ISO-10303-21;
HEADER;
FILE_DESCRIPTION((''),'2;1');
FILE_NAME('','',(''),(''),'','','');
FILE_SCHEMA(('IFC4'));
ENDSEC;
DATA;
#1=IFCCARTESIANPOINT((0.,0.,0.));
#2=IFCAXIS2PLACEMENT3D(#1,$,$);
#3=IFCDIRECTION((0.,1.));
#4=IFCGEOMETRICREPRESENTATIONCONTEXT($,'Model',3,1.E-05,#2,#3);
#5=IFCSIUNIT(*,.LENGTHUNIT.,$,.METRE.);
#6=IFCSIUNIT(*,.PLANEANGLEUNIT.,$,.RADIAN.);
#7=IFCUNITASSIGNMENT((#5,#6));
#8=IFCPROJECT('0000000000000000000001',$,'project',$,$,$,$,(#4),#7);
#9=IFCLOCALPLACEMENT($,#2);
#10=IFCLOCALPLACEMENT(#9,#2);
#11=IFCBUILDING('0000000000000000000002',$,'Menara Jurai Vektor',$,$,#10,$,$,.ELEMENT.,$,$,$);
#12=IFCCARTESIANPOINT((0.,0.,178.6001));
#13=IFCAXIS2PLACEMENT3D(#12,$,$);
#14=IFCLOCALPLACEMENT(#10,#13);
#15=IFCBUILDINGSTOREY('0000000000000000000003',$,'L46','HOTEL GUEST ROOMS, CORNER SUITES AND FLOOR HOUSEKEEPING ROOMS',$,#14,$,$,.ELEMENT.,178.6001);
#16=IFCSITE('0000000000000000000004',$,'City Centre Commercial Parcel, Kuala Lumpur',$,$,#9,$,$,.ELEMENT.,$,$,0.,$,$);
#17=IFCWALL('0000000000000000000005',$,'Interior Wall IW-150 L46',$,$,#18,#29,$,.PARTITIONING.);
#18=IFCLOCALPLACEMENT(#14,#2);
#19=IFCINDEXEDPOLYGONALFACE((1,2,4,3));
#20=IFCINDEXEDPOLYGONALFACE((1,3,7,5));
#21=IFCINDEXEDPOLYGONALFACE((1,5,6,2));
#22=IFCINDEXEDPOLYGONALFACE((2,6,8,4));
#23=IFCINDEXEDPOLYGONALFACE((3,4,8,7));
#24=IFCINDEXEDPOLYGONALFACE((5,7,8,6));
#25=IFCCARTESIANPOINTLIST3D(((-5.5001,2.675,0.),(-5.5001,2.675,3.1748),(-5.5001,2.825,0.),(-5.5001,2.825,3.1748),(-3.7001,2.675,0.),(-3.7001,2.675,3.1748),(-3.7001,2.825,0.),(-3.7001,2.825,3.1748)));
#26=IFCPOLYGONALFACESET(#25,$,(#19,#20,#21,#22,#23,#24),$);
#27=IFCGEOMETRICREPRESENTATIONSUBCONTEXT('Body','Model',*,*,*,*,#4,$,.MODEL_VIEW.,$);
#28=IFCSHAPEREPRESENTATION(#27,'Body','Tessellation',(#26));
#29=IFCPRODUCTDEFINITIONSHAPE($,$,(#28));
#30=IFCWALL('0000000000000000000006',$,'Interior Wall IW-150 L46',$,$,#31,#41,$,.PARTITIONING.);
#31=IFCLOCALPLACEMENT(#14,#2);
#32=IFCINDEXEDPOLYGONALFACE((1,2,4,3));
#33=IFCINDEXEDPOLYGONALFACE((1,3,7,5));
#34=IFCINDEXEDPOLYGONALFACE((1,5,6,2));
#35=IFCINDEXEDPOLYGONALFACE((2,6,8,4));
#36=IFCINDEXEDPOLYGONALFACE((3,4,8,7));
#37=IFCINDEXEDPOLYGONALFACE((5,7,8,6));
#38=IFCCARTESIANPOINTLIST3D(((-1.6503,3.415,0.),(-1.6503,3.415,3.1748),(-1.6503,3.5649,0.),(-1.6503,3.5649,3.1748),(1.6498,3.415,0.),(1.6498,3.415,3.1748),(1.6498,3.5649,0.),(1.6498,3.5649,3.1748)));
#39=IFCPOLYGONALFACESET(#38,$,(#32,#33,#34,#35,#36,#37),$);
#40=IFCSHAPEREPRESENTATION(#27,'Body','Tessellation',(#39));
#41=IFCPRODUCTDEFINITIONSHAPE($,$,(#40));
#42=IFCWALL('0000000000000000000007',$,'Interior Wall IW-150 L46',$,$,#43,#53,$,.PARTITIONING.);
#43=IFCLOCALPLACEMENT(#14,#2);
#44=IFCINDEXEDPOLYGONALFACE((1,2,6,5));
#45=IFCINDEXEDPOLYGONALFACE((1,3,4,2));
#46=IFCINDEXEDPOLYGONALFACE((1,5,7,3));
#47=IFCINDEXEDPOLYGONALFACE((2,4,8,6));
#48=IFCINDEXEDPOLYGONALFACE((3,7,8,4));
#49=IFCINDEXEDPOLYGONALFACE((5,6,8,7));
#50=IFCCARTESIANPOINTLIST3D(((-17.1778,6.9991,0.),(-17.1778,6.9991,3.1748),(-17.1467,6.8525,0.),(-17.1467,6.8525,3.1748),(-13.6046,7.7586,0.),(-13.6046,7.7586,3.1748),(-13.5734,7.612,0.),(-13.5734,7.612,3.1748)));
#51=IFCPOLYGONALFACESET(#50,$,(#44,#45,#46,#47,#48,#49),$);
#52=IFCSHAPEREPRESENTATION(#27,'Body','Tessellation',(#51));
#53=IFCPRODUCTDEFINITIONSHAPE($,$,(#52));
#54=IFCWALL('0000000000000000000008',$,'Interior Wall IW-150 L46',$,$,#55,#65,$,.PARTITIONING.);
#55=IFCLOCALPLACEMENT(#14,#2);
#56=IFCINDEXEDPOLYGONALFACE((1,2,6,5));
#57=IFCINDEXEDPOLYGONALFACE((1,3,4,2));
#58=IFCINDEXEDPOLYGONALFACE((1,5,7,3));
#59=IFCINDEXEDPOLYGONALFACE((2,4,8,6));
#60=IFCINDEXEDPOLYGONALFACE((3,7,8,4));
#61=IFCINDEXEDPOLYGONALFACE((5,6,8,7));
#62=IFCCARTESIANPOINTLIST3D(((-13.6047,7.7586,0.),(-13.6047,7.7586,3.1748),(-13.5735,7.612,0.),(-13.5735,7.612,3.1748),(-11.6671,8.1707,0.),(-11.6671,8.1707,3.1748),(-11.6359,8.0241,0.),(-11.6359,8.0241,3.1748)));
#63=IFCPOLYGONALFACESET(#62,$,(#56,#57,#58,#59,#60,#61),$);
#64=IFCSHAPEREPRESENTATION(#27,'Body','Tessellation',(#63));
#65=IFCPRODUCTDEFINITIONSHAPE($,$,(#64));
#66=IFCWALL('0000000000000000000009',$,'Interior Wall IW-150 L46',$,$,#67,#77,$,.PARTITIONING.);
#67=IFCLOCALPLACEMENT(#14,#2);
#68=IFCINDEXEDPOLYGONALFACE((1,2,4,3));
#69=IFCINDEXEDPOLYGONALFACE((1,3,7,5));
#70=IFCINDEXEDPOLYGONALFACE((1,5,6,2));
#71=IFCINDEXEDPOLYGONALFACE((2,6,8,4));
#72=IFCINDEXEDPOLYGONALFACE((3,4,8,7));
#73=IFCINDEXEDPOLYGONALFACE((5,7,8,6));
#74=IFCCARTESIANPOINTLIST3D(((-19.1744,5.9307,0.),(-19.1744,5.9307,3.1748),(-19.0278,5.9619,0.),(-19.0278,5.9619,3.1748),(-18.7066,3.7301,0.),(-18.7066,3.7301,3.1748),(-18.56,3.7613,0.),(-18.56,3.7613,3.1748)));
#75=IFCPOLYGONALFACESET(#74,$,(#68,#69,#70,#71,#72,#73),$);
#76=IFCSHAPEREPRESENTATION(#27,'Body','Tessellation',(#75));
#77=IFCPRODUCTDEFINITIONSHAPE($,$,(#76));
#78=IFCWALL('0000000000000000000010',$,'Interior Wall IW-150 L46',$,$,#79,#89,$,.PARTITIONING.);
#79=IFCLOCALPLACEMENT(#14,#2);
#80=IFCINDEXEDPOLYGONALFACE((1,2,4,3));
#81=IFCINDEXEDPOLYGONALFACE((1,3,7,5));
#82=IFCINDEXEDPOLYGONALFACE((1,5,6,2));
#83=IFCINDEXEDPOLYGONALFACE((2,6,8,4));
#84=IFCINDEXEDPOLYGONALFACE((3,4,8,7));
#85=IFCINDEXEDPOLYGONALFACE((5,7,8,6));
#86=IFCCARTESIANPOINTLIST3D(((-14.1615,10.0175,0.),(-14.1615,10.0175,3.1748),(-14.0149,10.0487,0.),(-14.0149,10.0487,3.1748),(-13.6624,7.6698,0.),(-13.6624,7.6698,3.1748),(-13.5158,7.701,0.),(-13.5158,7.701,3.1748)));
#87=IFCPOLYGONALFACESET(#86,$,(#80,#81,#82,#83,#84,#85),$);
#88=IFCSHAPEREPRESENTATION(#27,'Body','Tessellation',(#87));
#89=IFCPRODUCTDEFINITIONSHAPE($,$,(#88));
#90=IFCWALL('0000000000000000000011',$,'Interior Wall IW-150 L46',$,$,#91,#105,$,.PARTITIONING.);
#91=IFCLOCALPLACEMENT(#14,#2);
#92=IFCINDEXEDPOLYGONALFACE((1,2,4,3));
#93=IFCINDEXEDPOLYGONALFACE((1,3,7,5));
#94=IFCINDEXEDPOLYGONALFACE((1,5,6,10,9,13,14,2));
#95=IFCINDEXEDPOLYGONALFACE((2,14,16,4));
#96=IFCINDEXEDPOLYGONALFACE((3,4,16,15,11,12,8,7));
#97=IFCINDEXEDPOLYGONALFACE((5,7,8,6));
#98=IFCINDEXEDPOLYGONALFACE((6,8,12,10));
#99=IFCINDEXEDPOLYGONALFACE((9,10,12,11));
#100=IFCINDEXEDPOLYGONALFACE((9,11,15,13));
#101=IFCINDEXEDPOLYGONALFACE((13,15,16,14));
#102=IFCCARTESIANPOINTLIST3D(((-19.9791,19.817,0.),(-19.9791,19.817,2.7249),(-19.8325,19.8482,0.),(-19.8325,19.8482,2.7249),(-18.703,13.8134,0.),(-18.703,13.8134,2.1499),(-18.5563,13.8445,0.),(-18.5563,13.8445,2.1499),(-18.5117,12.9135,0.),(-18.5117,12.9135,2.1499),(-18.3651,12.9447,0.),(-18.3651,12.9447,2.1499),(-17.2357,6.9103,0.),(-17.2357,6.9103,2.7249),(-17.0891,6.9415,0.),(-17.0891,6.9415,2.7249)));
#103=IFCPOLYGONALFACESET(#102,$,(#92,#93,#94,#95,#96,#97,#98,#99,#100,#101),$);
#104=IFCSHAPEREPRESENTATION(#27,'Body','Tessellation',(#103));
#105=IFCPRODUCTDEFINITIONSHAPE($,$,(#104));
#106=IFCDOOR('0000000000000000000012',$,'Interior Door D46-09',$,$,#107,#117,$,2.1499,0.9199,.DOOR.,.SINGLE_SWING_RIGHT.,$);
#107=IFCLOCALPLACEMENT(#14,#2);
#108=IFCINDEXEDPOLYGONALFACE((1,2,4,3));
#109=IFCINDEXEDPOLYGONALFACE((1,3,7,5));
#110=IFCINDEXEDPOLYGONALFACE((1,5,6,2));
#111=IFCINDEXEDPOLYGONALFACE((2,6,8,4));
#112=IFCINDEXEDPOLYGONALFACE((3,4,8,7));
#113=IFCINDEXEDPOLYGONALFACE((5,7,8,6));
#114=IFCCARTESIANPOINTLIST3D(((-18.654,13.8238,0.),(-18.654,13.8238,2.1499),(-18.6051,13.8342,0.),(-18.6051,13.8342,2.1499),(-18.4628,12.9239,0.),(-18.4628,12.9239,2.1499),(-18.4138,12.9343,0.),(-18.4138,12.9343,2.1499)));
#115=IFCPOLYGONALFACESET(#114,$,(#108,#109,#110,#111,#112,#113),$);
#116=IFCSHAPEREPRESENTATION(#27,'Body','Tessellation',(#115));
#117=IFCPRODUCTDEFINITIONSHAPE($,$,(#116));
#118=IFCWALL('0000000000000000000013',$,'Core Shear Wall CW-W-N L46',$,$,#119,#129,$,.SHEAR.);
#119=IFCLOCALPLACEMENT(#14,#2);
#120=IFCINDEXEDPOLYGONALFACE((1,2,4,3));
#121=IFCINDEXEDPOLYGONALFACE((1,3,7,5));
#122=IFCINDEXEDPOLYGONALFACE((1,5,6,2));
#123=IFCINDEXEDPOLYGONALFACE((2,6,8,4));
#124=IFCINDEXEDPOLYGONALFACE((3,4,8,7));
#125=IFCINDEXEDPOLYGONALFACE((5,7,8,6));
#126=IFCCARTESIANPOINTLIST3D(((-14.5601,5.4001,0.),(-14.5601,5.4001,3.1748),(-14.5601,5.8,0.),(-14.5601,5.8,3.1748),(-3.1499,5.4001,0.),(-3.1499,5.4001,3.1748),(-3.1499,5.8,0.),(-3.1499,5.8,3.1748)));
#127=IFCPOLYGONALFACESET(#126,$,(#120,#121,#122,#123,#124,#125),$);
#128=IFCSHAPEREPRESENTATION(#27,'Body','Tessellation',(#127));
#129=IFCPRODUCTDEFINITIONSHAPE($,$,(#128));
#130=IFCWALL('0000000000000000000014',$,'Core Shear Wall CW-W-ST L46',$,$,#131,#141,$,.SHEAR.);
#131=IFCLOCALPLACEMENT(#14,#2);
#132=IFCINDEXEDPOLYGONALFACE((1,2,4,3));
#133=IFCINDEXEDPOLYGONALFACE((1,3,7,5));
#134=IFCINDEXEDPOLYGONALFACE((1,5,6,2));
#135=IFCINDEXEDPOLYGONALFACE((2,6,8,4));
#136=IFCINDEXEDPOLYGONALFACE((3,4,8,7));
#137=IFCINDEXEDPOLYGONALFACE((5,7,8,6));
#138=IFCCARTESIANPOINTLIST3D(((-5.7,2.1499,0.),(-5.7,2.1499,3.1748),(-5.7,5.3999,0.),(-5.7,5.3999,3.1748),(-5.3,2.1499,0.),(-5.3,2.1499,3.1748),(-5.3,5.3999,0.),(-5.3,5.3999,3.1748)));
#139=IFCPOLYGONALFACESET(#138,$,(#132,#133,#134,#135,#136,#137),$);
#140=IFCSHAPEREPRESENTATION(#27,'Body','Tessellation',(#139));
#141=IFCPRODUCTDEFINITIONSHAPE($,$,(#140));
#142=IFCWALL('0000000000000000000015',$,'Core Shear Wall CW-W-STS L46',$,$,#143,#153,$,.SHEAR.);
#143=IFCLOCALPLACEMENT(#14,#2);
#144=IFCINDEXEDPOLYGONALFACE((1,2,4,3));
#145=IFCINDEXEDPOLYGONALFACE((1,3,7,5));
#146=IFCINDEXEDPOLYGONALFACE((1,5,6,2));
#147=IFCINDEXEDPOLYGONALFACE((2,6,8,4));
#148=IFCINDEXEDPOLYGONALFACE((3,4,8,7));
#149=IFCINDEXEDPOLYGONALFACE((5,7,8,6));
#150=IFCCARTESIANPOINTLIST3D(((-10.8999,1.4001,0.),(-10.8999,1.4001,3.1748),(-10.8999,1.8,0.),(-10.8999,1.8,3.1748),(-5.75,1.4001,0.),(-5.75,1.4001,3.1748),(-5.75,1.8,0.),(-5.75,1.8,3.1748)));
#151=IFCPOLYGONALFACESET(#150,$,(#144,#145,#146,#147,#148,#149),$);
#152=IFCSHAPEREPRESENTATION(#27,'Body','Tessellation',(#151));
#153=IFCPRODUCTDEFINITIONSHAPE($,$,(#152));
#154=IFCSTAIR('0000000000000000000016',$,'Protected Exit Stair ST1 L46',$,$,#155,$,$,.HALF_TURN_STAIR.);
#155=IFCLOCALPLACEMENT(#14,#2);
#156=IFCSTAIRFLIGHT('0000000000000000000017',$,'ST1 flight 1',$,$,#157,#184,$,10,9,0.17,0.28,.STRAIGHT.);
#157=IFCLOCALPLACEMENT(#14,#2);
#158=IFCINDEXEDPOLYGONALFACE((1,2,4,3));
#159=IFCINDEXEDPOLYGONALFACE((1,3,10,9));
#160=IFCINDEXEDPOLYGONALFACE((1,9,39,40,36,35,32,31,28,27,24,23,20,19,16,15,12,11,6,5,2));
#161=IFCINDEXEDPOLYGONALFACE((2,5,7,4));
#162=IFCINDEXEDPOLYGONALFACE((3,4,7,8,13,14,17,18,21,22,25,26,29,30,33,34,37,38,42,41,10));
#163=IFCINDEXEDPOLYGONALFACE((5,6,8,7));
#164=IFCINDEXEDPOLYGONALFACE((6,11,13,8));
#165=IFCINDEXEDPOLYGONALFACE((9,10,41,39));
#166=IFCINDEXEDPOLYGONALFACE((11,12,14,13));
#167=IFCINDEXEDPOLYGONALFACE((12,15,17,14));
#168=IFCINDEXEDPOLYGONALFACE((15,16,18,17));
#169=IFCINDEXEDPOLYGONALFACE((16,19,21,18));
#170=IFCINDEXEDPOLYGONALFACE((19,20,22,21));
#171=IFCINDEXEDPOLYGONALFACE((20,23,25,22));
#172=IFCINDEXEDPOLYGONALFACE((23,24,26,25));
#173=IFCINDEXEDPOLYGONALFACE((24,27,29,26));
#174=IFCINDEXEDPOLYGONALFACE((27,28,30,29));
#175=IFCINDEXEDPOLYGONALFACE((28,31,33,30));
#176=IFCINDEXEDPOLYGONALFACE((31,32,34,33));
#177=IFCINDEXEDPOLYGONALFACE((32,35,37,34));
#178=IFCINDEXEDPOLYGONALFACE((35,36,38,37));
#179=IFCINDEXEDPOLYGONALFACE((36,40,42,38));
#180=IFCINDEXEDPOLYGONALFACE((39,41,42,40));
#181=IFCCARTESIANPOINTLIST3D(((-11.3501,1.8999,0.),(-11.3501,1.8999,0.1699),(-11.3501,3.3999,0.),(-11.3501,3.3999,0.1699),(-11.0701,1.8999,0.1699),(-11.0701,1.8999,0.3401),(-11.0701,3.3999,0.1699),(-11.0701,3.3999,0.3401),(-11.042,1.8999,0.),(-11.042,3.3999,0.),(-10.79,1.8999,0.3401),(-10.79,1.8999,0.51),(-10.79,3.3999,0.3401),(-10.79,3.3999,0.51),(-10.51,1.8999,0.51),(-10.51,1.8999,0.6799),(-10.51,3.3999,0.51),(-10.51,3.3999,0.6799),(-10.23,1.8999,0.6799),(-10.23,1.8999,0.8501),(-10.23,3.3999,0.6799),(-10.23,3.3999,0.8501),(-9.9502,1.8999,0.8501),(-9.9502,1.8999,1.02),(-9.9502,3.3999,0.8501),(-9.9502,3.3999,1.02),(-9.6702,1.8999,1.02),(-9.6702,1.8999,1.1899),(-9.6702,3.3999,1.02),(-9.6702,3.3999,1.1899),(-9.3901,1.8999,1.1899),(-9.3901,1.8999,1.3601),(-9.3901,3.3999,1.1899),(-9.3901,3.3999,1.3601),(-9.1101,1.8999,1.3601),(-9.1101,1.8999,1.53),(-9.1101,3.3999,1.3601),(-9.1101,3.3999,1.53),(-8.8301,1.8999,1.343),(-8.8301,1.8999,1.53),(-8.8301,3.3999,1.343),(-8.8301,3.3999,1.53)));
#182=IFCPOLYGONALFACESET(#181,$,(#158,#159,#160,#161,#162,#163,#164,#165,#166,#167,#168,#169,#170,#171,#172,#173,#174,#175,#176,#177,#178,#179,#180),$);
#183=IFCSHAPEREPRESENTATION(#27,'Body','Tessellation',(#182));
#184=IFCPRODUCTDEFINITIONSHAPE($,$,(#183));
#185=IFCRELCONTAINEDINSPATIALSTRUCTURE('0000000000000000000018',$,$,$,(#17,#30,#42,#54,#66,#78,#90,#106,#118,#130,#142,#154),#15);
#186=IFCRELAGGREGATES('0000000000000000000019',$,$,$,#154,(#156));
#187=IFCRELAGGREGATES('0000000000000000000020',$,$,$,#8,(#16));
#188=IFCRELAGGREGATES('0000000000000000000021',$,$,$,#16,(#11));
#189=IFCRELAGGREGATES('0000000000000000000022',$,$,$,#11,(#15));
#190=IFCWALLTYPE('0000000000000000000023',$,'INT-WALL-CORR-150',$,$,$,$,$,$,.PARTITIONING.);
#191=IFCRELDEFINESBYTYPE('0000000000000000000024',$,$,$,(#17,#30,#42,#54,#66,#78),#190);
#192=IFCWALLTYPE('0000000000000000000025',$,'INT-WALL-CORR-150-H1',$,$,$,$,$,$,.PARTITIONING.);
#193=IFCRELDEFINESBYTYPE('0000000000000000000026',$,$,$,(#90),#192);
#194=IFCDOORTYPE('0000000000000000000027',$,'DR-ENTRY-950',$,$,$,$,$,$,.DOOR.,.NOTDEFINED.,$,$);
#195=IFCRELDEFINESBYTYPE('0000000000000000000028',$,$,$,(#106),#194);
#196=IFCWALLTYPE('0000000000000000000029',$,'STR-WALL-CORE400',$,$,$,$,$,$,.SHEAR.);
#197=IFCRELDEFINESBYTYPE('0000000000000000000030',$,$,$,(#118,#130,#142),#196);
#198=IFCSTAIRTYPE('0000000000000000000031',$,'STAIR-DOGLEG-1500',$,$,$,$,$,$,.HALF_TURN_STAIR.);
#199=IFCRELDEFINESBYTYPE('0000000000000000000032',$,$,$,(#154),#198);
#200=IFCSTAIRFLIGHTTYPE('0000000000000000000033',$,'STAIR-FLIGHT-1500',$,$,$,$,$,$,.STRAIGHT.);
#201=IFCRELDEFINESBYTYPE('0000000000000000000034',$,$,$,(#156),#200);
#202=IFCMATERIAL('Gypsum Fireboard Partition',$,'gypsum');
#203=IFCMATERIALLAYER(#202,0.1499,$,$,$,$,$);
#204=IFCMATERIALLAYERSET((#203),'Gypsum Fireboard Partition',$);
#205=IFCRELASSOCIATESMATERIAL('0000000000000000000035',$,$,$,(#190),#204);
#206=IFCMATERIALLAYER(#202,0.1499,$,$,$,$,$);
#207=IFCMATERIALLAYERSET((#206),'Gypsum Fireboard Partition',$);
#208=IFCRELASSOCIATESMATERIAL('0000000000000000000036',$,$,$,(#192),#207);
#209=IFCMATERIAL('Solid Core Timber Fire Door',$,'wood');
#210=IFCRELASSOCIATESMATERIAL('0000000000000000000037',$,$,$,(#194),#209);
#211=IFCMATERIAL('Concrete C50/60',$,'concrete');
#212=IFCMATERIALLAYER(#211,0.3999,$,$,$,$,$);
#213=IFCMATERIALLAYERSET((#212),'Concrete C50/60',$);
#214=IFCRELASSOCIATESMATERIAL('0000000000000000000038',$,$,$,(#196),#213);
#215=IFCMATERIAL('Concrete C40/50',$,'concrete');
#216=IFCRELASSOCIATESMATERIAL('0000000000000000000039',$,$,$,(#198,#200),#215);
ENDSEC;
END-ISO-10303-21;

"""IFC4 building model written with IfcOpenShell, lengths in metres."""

from ifc_helpers import new_model, si_unit, direction, frame, frame_2d, origin, place, context, subcontext, project, spatial, polyline, rectangle, outline, extrude, material, layer, layer_set, type_object, element, fill, aggregate, save


model = new_model("IFC4")

# Units and contexts
model_context = context("Model", 3, precision=1e-05, world=origin(), true_north=direction((0.0, 1.0)))
body_context = subcontext(model_context, "Body", "Model", "MODEL_VIEW")
ifc_project = project(units=[si_unit("LENGTHUNIT", "METRE"), si_unit("PLANEANGLEUNIT", "RADIAN")], contexts=[model_context])

# Site, building, storey
site_placement = place(None, origin())
site = spatial("IfcSite", under=ifc_project, at=site_placement, Name="City Centre Commercial Parcel, Kuala Lumpur", CompositionType="ELEMENT", RefElevation=0.0)
building_placement = place(site_placement, origin())
building = spatial("IfcBuilding", under=site, at=building_placement, Name="Menara Jurai Vektor", CompositionType="ELEMENT")
storey_placement = place(building_placement, frame((0.0, 0.0, 178.6001)))
storey = spatial("IfcBuildingStorey", under=building, at=storey_placement, Name="L46", Description="HOTEL GUEST ROOMS, CORNER SUITES AND FLOOR HOUSEKEEPING ROOMS", CompositionType="ELEMENT", Elevation=178.6001)

# Shared definitions
ifc_material_1 = material(Name="Concrete C50/60", Category="concrete")

# Shared definitions
ifc_material_2 = material(Name="Concrete C40/50", Category="concrete")

# Walls
ifc_material_3 = material(Name="Gypsum Fireboard Partition", Category="gypsum")
ifc_layer_1 = layer(ifc_material_3, 0.1499)
ifc_layer_set_1 = layer_set([ifc_layer_1], Name="Gypsum Fireboard Partition")
wall_type_1 = type_object("IfcWallType", Name="INT-WALL-CORR-150", PredefinedType="PARTITIONING", material=ifc_layer_set_1)
wall_1_placement = place(storey_placement, frame((-5.5, 2.75, 0.0), z_axis=(0.0, 0.0, 1.0), x_axis=(1.0, 0.0, 0.0)))
element("IfcWall", 1, at=wall_1_placement, inside=storey, type_object=wall_type_1, Name="Interior Wall IW-150 L46", PredefinedType="PARTITIONING", context=body_context, shape_type="SweptSolid", body=[
    extrude(rectangle(XDim=1.8, YDim=0.1499, at=frame_2d((0.8999, 0.0))), origin(), (0.0, 0.0, 1.0), 3.1748),
])
wall_2_placement = place(storey_placement, frame((-1.6501, 3.49, 0.0), z_axis=(0.0, 0.0, 1.0), x_axis=(1.0, 0.0, 0.0)))
element("IfcWall", 2, at=wall_2_placement, inside=storey, type_object=wall_type_1, Name="Interior Wall IW-150 L46", PredefinedType="PARTITIONING", context=body_context, shape_type="SweptSolid", body=[
    extrude(rectangle(XDim=3.3, YDim=0.1499, at=frame_2d((1.6499, 0.0))), origin(), (0.0, 0.0, 1.0), 3.1748),
])
wall_3_placement = place(storey_placement, frame((-17.1624, 6.9258, 0.0), z_axis=(0.0, 0.0, 1.0), x_axis=(0.978147, 0.207913, 0.0)))
element("IfcWall", 3, at=wall_3_placement, inside=storey, type_object=wall_type_1, Name="Interior Wall IW-150 L46", PredefinedType="PARTITIONING", context=body_context, shape_type="SweptSolid", body=[
    extrude(rectangle(XDim=3.6531, YDim=0.1499, at=frame_2d((1.8267, 0.0))), origin(), (0.0, 0.0, 1.0), 3.1748),
])
wall_4_placement = place(storey_placement, frame((-13.5891, 7.6853, 0.0), z_axis=(0.0, 0.0, 1.0), x_axis=(0.978119, 0.208047, 0.0)))
element("IfcWall", 4, at=wall_4_placement, inside=storey, type_object=wall_type_1, Name="Interior Wall IW-150 L46", PredefinedType="PARTITIONING", context=body_context, shape_type="SweptSolid", body=[
    extrude(rectangle(XDim=1.981, YDim=0.1499, at=frame_2d((0.9905, 0.0))), origin(), (0.0, 0.0, 1.0), 3.1748),
])
wall_5_placement = place(storey_placement, frame((-18.6333, 3.7456, 0.0), z_axis=(0.0, 0.0, 1.0), x_axis=(-0.207913, 0.978147, 0.0)))
element("IfcWall", 5, at=wall_5_placement, inside=storey, type_object=wall_type_1, Name="Interior Wall IW-150 L46", PredefinedType="PARTITIONING", context=body_context, shape_type="SweptSolid", body=[
    extrude(rectangle(XDim=2.2498, YDim=0.1499, at=frame_2d((1.125, 0.0))), origin(), (0.0, 0.0, 1.0), 3.1748),
])
wall_6_placement = place(storey_placement, frame((-13.5891, 7.6853, 0.0), z_axis=(0.0, 0.0, 1.0), x_axis=(-0.207917, 0.978146, 0.0)))
element("IfcWall", 6, at=wall_6_placement, inside=storey, type_object=wall_type_1, Name="Interior Wall IW-150 L46", PredefinedType="PARTITIONING", context=body_context, shape_type="SweptSolid", body=[
    extrude(rectangle(XDim=2.4001, YDim=0.1499, at=frame_2d((1.2002, 0.0))), origin(), (0.0, 0.0, 1.0), 3.1748),
])

# Wall, opening, door
ifc_layer_2 = layer(ifc_material_3, 0.1499)
ifc_layer_set_2 = layer_set([ifc_layer_2], Name="Gypsum Fireboard Partition")
wall_type_2 = type_object("IfcWallType", Name="INT-WALL-CORR-150-H1", PredefinedType="PARTITIONING", material=ifc_layer_set_2)
wall_7_placement = place(storey_placement, frame((-17.1624, 6.9258, 0.0), z_axis=(0.0, 0.0, 1.0), x_axis=(-0.207911, 0.978148, 0.0)))
wall_7 = element("IfcWall", 7, at=wall_7_placement, inside=storey, type_object=wall_type_2, Name="Interior Wall IW-150 L46", PredefinedType="PARTITIONING", context=body_context, shape_type="SweptSolid", body=[
    extrude(rectangle(XDim=13.1951, YDim=0.1499, at=frame_2d((6.5977, 0.0))), origin(), (0.0, 0.0, 1.0), 2.7249),
])
opening_1_placement = place(wall_7_placement, frame((6.1375, 0.0, 0.0)))
opening_1 = element("IfcOpeningElement", 8, at=opening_1_placement, cuts=wall_7, PredefinedType="OPENING", context=body_context, shape_type="SweptSolid", body=[
    extrude(rectangle(XDim=0.9199, YDim=2.1499, at=frame_2d((0.46, 1.075))), frame((0.0, 0.085, 0.0), z_axis=(0.0, -1.0, 0.0), x_axis=(1.0, 0.0, 0.0)), (0.0, 0.0, 1.0), 0.1699),
])
ifc_material_4 = material(Name="Solid Core Timber Fire Door", Category="wood")
door_type_1 = type_object("IfcDoorType", Name="DR-ENTRY-950", OperationType="NOTDEFINED", PredefinedType="DOOR", material=ifc_material_4)
door_1_placement = place(opening_1_placement, origin())
door_1 = element("IfcDoor", 9, at=door_1_placement, inside=storey, type_object=door_type_1, Name="Interior Door D46-09", OperationType="SINGLE_SWING_RIGHT", OverallHeight=2.1499, OverallWidth=0.9199, PredefinedType="DOOR", context=body_context, shape_type="SweptSolid", body=[
    extrude(rectangle(XDim=0.9199, YDim=2.1499, at=frame_2d((0.46, 1.075))), frame((0.0, 0.0249, 0.0), z_axis=(0.0, -1.0, 0.0), x_axis=(1.0, 0.0, 0.0)), (0.0, 0.0, 1.0), 0.05),
])
fill(opening_1, door_1)

# Walls
ifc_layer_3 = layer(ifc_material_1, 0.3999)
ifc_layer_set_3 = layer_set([ifc_layer_3], Name="Concrete C50/60")
wall_type_3 = type_object("IfcWallType", Name="STR-WALL-CORE400", PredefinedType="SHEAR", material=ifc_layer_set_3)
wall_8_placement = place(storey_placement, frame((-14.5601, 5.6001, 0.0), z_axis=(0.0, 0.0, 1.0), x_axis=(1.0, 0.0, 0.0)))
element("IfcWall", 10, at=wall_8_placement, inside=storey, type_object=wall_type_3, Name="Core Shear Wall CW-W-N L46", PredefinedType="SHEAR", context=body_context, shape_type="SweptSolid", body=[
    extrude(rectangle(XDim=11.4102, YDim=0.3999, at=frame_2d((5.7051, 0.0))), origin(), (0.0, 0.0, 1.0), 3.1748),
])
wall_9_placement = place(storey_placement, frame((-5.5, 2.1499, 0.0), z_axis=(0.0, 0.0, 1.0), x_axis=(0.0, 1.0, 0.0)))
element("IfcWall", 11, at=wall_9_placement, inside=storey, type_object=wall_type_3, Name="Core Shear Wall CW-W-ST L46", PredefinedType="SHEAR", context=body_context, shape_type="SweptSolid", body=[
    extrude(rectangle(XDim=3.25, YDim=0.3999, at=frame_2d((1.625, 0.0))), origin(), (0.0, 0.0, 1.0), 3.1748),
])
wall_10_placement = place(storey_placement, frame((-10.8999, 1.6001, 0.0), z_axis=(0.0, 0.0, 1.0), x_axis=(1.0, 0.0, 0.0)))
element("IfcWall", 12, at=wall_10_placement, inside=storey, type_object=wall_type_3, Name="Core Shear Wall CW-W-STS L46", PredefinedType="SHEAR", context=body_context, shape_type="SweptSolid", body=[
    extrude(rectangle(XDim=5.1499, YDim=0.3999, at=frame_2d((2.575, 0.0))), origin(), (0.0, 0.0, 1.0), 3.1748),
])

# Stair, stair flight
stair_type = type_object("IfcStairType", Name="STAIR-DOGLEG-1500", PredefinedType="HALF_TURN_STAIR", material=ifc_material_2)
stair_placement = place(storey_placement, origin())
stair = element("IfcStair", 13, at=stair_placement, inside=storey, type_object=stair_type, Name="Protected Exit Stair ST1 L46", PredefinedType="HALF_TURN_STAIR")
stair_flight_type = type_object("IfcStairFlightType", Name="STAIR-FLIGHT-1500", PredefinedType="STRAIGHT", material=ifc_material_2)
stair_flight_1_placement = place(storey_placement, frame((-11.3501, 2.6499, 0.0), z_axis=(0.0, 0.0, 1.0), x_axis=(1.0, 0.0, 0.0)))
stair_flight_1 = element("IfcStairFlight", 14, at=stair_flight_1_placement, type_object=stair_flight_type, Name="ST1 flight 1", NumberOfRisers=10, NumberOfTreads=9, PredefinedType="STRAIGHT", RiserHeight=0.17, TreadLength=0.28, context=body_context, shape_type="SweptSolid", body=[
    extrude(outline(polyline([(0.0, 0.0), (0.0, 0.1699), (0.28, 0.1699), (0.28, 0.3401), (0.5601, 0.3401), (0.5601, 0.51), (0.8401, 0.51), (0.8401, 0.6799), (1.1201, 0.6799), (1.1201, 0.8501), (1.3999, 0.8501), (1.3999, 1.02), (1.6799, 1.02), (1.6799, 1.1899), (1.96, 1.1899), (1.96, 1.3601), (2.24, 1.3601), (2.24, 1.53), (2.52, 1.53), (2.52, 1.7), (2.52, 1.343), (0.3081, 0.0), (0.0, 0.0)])), frame((0.0, 0.75, 0.0), z_axis=(0.0, -1.0, 0.0), x_axis=(1.0, 0.0, 0.0)), (0.0, 0.0, 1.0), 1.5),
])
aggregate(stair, [stair_flight_1])

save(model, "model.ifc")
